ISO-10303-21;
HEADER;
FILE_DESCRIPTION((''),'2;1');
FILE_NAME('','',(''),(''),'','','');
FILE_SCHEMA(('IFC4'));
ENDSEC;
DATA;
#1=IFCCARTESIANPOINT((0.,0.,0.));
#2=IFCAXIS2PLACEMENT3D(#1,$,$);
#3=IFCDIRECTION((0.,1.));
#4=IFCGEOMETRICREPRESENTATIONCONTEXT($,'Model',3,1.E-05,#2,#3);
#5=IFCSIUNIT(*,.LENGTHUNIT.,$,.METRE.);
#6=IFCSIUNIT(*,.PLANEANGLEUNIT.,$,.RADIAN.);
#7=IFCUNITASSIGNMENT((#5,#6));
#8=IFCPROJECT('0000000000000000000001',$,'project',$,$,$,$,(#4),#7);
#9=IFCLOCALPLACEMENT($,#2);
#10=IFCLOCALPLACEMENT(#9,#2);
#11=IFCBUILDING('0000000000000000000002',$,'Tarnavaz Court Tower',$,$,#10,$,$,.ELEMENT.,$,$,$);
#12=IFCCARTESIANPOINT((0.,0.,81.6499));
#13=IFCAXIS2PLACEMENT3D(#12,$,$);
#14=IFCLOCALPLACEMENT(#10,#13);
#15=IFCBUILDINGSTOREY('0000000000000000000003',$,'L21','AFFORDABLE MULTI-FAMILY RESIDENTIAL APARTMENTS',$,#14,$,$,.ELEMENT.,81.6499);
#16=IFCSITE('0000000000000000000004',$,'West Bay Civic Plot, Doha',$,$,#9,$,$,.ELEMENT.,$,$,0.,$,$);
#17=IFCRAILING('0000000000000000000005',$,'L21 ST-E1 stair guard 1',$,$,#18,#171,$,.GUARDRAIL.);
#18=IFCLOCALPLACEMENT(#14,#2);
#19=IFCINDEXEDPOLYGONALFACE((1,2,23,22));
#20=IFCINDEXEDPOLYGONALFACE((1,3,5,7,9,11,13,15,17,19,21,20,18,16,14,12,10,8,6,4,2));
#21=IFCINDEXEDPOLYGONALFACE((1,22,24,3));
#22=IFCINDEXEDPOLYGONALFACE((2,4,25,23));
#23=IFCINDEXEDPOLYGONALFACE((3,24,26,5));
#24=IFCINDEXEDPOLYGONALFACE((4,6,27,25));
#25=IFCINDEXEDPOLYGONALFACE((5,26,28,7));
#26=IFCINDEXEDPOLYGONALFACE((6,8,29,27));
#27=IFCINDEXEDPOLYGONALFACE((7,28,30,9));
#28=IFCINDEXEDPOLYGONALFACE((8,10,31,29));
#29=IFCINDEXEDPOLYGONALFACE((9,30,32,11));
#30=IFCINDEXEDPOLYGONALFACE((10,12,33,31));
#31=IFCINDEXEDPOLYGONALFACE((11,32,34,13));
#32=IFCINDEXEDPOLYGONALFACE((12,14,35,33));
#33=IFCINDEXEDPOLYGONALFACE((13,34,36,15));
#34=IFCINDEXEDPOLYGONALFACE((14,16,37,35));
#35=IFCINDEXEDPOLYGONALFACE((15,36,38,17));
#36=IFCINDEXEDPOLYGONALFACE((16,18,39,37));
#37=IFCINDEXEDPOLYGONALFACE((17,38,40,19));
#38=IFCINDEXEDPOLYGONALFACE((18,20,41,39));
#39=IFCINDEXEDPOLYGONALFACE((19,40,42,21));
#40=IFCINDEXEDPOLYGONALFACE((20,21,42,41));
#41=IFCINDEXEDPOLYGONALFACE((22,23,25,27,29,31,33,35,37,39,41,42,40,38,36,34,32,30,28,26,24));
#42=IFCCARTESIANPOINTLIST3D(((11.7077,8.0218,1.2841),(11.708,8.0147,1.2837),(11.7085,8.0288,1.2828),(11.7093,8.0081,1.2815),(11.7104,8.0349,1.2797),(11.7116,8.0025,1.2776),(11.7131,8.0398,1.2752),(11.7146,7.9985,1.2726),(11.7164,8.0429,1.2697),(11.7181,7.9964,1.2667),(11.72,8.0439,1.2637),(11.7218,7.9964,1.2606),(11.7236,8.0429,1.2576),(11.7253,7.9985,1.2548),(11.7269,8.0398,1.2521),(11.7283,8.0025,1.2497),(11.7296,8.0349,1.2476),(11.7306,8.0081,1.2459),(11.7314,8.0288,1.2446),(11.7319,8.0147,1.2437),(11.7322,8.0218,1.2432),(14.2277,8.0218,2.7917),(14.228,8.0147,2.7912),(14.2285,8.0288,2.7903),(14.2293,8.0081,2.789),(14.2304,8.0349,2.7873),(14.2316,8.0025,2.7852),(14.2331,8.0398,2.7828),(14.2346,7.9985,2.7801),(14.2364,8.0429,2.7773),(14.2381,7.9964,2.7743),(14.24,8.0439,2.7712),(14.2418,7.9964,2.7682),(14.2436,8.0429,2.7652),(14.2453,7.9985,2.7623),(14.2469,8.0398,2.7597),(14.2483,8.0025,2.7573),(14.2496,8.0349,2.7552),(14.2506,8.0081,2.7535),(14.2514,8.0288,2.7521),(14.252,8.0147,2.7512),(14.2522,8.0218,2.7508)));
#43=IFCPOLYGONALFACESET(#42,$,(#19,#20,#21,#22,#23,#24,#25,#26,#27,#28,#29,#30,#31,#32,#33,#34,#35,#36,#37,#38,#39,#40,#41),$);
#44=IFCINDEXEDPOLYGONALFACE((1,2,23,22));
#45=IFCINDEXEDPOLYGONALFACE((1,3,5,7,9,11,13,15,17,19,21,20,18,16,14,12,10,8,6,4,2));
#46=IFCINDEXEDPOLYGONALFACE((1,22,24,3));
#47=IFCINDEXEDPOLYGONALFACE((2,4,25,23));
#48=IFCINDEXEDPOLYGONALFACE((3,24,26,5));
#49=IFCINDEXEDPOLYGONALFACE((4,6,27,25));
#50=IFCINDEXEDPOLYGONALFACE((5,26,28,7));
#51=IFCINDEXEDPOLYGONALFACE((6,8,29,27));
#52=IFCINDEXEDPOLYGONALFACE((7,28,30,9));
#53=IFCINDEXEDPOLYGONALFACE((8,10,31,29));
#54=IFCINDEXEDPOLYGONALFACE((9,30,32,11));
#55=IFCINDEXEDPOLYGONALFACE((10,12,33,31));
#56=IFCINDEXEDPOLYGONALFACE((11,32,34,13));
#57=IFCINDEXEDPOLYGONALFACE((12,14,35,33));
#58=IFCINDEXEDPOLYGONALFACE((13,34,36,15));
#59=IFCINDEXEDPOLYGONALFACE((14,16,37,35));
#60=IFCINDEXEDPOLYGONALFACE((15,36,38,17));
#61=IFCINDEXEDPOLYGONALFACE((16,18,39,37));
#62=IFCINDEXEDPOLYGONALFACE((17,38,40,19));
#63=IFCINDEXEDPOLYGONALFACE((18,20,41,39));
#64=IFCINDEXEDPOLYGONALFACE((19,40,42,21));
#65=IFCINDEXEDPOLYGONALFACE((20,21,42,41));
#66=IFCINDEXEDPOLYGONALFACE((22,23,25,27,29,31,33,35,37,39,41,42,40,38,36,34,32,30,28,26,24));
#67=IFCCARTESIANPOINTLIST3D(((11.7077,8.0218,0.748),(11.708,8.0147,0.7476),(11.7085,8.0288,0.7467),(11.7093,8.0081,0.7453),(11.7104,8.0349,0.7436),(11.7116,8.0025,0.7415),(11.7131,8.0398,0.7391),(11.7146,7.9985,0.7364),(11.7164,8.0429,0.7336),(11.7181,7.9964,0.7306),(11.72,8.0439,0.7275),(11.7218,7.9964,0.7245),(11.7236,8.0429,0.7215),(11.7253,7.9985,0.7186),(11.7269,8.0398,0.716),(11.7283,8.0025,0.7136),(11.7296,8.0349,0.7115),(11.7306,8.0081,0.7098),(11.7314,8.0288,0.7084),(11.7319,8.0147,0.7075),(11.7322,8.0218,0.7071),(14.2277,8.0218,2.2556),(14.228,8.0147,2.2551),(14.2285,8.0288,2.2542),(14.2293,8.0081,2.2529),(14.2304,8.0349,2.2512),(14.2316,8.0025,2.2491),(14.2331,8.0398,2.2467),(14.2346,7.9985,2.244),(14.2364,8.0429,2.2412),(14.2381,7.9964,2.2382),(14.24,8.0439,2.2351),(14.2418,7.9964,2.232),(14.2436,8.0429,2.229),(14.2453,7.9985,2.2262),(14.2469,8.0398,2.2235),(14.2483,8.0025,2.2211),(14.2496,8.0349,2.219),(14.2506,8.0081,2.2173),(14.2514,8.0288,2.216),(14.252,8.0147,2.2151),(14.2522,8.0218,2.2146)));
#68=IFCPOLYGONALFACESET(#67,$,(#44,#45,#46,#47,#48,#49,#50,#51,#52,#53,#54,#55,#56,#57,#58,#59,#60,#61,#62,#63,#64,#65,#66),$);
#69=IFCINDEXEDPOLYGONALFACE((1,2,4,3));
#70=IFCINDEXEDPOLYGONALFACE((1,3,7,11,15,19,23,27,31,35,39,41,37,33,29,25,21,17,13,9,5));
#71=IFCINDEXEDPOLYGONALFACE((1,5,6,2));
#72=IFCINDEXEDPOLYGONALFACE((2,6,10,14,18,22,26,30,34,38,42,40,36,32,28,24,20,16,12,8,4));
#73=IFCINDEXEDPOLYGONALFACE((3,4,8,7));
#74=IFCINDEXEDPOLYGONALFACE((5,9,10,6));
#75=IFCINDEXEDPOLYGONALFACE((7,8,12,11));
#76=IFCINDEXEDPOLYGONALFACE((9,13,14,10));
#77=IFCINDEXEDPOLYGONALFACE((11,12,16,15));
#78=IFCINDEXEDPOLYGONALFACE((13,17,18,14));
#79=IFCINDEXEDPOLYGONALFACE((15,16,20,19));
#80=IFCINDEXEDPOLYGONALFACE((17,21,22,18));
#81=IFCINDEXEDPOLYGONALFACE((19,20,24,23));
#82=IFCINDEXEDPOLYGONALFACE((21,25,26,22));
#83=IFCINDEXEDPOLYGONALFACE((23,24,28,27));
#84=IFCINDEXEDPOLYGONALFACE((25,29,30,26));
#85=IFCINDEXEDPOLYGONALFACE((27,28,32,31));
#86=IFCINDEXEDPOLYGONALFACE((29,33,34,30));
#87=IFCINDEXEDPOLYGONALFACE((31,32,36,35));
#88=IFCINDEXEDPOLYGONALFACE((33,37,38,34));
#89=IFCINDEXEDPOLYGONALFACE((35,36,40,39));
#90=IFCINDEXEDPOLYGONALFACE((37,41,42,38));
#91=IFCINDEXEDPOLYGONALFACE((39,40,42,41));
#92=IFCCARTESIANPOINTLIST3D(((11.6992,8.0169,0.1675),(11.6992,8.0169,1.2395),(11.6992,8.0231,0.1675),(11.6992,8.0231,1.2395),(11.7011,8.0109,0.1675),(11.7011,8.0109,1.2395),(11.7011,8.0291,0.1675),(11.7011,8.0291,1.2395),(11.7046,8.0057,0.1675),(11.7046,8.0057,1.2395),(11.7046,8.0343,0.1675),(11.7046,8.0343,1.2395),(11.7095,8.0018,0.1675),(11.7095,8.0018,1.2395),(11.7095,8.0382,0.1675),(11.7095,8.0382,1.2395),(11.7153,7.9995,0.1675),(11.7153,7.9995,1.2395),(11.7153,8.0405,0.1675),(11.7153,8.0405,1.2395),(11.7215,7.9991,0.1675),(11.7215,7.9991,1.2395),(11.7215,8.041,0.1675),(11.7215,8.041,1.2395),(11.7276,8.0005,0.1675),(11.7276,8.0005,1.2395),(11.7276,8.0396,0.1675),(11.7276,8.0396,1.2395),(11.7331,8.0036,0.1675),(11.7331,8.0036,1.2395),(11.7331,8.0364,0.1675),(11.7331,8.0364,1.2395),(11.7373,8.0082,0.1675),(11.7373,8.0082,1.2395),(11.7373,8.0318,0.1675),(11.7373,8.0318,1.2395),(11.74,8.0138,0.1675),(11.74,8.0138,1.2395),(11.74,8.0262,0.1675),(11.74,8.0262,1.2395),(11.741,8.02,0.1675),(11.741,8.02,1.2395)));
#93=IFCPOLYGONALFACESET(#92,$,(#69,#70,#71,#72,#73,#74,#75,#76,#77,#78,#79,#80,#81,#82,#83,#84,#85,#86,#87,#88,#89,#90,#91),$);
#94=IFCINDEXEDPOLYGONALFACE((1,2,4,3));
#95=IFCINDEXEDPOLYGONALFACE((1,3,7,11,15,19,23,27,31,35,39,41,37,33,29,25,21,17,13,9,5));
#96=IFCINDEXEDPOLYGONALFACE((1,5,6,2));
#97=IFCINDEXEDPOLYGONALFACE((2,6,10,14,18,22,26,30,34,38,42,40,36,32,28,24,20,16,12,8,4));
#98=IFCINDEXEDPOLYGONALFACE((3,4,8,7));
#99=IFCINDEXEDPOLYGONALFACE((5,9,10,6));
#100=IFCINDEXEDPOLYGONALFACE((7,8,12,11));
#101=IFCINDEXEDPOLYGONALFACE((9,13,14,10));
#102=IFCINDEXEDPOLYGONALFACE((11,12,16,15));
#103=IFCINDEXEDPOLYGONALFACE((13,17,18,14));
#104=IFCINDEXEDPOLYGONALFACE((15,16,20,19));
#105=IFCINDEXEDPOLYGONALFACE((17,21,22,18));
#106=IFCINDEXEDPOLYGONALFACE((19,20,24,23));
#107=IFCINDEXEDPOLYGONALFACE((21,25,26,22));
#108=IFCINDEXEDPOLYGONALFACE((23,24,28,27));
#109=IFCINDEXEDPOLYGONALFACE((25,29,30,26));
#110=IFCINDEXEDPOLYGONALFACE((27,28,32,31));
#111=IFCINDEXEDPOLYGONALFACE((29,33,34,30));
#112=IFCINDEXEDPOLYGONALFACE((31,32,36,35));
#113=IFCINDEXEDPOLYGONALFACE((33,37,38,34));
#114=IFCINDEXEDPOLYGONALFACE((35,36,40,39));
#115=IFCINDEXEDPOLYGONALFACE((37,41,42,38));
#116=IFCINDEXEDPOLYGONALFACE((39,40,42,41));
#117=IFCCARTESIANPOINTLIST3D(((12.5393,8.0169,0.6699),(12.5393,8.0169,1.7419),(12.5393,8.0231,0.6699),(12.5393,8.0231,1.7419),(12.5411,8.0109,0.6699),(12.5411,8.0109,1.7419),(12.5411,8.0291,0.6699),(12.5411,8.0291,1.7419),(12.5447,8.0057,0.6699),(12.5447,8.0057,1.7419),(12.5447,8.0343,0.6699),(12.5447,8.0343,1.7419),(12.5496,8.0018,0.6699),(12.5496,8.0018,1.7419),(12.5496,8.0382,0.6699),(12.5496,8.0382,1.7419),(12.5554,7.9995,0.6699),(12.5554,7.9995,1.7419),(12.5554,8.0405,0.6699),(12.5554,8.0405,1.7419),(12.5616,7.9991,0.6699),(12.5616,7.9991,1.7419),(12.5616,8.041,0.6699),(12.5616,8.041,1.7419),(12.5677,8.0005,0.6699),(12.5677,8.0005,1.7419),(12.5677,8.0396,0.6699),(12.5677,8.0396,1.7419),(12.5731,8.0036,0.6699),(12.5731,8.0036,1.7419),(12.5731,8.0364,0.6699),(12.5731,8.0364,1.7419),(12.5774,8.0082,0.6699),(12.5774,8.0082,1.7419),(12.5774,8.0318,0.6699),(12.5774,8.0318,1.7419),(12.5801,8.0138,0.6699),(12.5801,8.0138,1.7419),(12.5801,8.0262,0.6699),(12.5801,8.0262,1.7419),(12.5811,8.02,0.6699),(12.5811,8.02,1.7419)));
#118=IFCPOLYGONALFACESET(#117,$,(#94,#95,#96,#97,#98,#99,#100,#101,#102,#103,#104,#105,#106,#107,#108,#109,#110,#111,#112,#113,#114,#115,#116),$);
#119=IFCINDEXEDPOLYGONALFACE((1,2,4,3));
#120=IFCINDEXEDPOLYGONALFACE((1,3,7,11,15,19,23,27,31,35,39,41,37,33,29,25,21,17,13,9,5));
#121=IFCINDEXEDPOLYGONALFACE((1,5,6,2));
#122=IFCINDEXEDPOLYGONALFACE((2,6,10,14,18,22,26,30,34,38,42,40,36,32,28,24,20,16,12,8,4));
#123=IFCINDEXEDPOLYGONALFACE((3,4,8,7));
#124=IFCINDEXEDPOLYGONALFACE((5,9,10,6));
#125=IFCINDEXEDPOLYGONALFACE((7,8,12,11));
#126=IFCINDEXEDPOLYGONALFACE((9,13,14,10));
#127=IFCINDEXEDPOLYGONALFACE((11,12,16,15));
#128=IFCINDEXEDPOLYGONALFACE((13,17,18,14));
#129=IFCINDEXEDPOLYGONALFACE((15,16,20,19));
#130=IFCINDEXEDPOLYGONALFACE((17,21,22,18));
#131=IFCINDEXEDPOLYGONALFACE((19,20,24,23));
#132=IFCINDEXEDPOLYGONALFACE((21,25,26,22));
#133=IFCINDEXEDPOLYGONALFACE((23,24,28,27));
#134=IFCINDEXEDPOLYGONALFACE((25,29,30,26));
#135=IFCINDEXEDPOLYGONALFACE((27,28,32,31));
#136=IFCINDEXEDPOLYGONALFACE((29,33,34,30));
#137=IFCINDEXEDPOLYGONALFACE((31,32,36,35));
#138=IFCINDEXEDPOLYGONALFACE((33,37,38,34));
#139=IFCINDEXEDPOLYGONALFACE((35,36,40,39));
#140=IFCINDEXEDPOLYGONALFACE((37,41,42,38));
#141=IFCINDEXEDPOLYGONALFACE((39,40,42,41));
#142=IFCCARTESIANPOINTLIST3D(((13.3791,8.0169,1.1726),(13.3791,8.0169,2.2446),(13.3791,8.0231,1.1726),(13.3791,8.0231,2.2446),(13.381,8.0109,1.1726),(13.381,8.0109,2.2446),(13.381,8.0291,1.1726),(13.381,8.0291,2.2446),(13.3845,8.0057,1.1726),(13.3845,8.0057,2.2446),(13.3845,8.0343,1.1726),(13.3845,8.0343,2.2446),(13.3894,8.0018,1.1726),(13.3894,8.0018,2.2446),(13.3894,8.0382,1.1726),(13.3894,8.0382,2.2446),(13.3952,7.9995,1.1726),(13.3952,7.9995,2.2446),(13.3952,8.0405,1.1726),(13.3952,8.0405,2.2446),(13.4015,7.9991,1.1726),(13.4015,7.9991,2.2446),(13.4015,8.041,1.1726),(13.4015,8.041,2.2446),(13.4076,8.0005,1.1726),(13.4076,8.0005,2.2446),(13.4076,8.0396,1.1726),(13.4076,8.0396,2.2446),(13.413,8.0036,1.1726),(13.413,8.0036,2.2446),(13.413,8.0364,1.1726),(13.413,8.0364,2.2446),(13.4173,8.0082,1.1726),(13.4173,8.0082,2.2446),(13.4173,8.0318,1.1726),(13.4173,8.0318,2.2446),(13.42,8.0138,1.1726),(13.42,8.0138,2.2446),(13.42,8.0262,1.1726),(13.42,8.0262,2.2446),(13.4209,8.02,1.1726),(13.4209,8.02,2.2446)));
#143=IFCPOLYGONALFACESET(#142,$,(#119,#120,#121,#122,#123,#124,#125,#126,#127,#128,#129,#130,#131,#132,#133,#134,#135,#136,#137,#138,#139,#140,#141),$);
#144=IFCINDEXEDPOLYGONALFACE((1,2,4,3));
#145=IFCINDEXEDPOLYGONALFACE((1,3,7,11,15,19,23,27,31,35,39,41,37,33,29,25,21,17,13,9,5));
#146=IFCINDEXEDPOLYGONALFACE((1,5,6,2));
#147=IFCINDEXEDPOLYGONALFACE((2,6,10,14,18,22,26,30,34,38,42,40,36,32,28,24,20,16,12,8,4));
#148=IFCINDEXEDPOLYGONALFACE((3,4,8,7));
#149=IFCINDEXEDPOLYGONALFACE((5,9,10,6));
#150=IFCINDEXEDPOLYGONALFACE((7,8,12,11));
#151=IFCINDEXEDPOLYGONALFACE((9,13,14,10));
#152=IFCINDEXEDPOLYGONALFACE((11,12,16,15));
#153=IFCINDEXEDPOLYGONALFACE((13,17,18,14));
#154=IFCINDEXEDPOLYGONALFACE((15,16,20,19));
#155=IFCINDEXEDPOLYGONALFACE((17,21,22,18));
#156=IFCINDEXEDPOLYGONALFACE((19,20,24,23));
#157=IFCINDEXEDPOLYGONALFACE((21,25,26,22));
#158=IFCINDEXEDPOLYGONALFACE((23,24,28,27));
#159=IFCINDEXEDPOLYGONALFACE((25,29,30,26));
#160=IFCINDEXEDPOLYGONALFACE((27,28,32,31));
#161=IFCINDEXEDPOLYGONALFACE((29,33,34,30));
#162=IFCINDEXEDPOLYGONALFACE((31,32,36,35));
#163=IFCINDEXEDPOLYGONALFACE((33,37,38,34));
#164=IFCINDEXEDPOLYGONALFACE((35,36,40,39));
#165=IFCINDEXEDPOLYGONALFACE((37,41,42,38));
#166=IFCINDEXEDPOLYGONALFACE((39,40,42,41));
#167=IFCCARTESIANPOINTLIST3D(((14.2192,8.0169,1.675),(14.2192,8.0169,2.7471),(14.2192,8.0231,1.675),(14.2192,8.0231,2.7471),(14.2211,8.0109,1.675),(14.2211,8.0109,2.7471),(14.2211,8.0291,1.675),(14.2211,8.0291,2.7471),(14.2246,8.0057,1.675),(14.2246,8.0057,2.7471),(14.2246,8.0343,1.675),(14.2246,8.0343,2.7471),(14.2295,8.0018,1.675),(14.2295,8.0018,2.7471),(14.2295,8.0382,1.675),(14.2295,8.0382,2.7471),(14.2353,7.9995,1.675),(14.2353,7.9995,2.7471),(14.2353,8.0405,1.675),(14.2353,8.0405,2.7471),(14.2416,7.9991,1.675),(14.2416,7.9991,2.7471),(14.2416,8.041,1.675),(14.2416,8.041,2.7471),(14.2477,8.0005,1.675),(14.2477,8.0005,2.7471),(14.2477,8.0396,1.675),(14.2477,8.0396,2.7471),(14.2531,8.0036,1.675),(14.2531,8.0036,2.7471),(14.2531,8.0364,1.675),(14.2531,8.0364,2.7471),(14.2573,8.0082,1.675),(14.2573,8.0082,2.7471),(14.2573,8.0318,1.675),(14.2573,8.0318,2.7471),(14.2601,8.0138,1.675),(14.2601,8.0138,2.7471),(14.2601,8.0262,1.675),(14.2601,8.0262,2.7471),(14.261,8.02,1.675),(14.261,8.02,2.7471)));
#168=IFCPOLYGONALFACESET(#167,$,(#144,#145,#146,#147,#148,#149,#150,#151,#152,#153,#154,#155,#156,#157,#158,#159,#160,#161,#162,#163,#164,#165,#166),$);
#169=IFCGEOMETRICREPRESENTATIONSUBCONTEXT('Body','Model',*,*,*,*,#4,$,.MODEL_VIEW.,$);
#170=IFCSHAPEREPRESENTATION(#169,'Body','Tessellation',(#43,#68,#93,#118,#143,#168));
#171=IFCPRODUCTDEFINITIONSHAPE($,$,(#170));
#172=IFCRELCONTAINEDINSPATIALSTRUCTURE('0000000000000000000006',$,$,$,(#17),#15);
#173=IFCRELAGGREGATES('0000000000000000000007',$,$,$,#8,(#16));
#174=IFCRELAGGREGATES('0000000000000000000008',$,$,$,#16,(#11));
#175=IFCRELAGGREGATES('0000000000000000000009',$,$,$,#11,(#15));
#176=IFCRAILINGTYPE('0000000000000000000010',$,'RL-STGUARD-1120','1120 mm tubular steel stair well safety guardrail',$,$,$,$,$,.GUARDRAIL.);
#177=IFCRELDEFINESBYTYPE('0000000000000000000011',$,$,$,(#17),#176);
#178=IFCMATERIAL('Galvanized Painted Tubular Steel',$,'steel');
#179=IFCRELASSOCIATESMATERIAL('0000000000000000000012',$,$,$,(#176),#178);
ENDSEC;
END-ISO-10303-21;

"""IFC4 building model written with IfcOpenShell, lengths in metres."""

from ifc_helpers import new_model, si_unit, direction, frame, origin, origin_2d, place, context, subcontext, project, spatial, circle, extrude, material, type_object, element, save


model = new_model("IFC4")

# Units and contexts
model_context = context("Model", 3, precision=1e-05, world=origin(), true_north=direction((0.0, 1.0)))
body_context = subcontext(model_context, "Body", "Model", "MODEL_VIEW")
ifc_project = project(units=[si_unit("LENGTHUNIT", "METRE"), si_unit("PLANEANGLEUNIT", "RADIAN")], contexts=[model_context])

# Site, building, storey
site_placement = place(None, origin())
site = spatial("IfcSite", under=ifc_project, at=site_placement, Name="West Bay Civic Plot, Doha", CompositionType="ELEMENT", RefElevation=0.0)
building_placement = place(site_placement, origin())
building = spatial("IfcBuilding", under=site, at=building_placement, Name="Tarnavaz Court Tower", CompositionType="ELEMENT")
storey_placement = place(building_placement, frame((0.0, 0.0, 81.6499)))
storey = spatial("IfcBuildingStorey", under=building, at=storey_placement, Name="L21", Description="AFFORDABLE MULTI-FAMILY RESIDENTIAL APARTMENTS", CompositionType="ELEMENT", Elevation=81.6499)

# Railing
ifc_material_1 = material(Name="Galvanized Painted Tubular Steel", Category="steel")
railing_type_1 = type_object("IfcRailingType", Name="RL-STGUARD-1120", Description="1120 mm tubular steel stair well safety guardrail", PredefinedType="GUARDRAIL", material=ifc_material_1)
railing_1_placement = place(storey_placement, frame((11.72, 8.02, 0.1675)))
element("IfcRailing", 1, at=railing_1_placement, inside=storey, type_object=railing_type_1, Name="L21 ST-E1 stair guard 1", PredefinedType="GUARDRAIL", context=body_context, shape_type="SweptSolid", body=[
    extrude(circle(Radius=0.0239, at=origin_2d()), frame((0.0, 0.0, 1.0962), z_axis=(0.85816, 0.0, 0.513383), x_axis=(0.0, 1.0, 0.0)), (0.0, 0.0, 1.0), 2.9365),
    extrude(circle(Radius=0.0239, at=origin_2d()), frame((0.0, 0.0, 0.5601), z_axis=(0.85816, 0.0, 0.513383), x_axis=(0.0, 1.0, 0.0)), (0.0, 0.0, 1.0), 2.9365),
    extrude(circle(Radius=0.021, at=origin_2d()), origin(), (0.0, 0.0, 1.0), 1.072),
    extrude(circle(Radius=0.021, at=origin_2d()), frame((0.8401, 0.0, 0.5024)), (0.0, 0.0, 1.0), 1.072),
    extrude(circle(Radius=0.021, at=origin_2d()), frame((1.6799, 0.0, 1.0051)), (0.0, 0.0, 1.0), 1.072),
    extrude(circle(Radius=0.021, at=origin_2d()), frame((2.52, 0.0, 1.5076)), (0.0, 0.0, 1.0), 1.072),
])

save(model, "model.ifc")
